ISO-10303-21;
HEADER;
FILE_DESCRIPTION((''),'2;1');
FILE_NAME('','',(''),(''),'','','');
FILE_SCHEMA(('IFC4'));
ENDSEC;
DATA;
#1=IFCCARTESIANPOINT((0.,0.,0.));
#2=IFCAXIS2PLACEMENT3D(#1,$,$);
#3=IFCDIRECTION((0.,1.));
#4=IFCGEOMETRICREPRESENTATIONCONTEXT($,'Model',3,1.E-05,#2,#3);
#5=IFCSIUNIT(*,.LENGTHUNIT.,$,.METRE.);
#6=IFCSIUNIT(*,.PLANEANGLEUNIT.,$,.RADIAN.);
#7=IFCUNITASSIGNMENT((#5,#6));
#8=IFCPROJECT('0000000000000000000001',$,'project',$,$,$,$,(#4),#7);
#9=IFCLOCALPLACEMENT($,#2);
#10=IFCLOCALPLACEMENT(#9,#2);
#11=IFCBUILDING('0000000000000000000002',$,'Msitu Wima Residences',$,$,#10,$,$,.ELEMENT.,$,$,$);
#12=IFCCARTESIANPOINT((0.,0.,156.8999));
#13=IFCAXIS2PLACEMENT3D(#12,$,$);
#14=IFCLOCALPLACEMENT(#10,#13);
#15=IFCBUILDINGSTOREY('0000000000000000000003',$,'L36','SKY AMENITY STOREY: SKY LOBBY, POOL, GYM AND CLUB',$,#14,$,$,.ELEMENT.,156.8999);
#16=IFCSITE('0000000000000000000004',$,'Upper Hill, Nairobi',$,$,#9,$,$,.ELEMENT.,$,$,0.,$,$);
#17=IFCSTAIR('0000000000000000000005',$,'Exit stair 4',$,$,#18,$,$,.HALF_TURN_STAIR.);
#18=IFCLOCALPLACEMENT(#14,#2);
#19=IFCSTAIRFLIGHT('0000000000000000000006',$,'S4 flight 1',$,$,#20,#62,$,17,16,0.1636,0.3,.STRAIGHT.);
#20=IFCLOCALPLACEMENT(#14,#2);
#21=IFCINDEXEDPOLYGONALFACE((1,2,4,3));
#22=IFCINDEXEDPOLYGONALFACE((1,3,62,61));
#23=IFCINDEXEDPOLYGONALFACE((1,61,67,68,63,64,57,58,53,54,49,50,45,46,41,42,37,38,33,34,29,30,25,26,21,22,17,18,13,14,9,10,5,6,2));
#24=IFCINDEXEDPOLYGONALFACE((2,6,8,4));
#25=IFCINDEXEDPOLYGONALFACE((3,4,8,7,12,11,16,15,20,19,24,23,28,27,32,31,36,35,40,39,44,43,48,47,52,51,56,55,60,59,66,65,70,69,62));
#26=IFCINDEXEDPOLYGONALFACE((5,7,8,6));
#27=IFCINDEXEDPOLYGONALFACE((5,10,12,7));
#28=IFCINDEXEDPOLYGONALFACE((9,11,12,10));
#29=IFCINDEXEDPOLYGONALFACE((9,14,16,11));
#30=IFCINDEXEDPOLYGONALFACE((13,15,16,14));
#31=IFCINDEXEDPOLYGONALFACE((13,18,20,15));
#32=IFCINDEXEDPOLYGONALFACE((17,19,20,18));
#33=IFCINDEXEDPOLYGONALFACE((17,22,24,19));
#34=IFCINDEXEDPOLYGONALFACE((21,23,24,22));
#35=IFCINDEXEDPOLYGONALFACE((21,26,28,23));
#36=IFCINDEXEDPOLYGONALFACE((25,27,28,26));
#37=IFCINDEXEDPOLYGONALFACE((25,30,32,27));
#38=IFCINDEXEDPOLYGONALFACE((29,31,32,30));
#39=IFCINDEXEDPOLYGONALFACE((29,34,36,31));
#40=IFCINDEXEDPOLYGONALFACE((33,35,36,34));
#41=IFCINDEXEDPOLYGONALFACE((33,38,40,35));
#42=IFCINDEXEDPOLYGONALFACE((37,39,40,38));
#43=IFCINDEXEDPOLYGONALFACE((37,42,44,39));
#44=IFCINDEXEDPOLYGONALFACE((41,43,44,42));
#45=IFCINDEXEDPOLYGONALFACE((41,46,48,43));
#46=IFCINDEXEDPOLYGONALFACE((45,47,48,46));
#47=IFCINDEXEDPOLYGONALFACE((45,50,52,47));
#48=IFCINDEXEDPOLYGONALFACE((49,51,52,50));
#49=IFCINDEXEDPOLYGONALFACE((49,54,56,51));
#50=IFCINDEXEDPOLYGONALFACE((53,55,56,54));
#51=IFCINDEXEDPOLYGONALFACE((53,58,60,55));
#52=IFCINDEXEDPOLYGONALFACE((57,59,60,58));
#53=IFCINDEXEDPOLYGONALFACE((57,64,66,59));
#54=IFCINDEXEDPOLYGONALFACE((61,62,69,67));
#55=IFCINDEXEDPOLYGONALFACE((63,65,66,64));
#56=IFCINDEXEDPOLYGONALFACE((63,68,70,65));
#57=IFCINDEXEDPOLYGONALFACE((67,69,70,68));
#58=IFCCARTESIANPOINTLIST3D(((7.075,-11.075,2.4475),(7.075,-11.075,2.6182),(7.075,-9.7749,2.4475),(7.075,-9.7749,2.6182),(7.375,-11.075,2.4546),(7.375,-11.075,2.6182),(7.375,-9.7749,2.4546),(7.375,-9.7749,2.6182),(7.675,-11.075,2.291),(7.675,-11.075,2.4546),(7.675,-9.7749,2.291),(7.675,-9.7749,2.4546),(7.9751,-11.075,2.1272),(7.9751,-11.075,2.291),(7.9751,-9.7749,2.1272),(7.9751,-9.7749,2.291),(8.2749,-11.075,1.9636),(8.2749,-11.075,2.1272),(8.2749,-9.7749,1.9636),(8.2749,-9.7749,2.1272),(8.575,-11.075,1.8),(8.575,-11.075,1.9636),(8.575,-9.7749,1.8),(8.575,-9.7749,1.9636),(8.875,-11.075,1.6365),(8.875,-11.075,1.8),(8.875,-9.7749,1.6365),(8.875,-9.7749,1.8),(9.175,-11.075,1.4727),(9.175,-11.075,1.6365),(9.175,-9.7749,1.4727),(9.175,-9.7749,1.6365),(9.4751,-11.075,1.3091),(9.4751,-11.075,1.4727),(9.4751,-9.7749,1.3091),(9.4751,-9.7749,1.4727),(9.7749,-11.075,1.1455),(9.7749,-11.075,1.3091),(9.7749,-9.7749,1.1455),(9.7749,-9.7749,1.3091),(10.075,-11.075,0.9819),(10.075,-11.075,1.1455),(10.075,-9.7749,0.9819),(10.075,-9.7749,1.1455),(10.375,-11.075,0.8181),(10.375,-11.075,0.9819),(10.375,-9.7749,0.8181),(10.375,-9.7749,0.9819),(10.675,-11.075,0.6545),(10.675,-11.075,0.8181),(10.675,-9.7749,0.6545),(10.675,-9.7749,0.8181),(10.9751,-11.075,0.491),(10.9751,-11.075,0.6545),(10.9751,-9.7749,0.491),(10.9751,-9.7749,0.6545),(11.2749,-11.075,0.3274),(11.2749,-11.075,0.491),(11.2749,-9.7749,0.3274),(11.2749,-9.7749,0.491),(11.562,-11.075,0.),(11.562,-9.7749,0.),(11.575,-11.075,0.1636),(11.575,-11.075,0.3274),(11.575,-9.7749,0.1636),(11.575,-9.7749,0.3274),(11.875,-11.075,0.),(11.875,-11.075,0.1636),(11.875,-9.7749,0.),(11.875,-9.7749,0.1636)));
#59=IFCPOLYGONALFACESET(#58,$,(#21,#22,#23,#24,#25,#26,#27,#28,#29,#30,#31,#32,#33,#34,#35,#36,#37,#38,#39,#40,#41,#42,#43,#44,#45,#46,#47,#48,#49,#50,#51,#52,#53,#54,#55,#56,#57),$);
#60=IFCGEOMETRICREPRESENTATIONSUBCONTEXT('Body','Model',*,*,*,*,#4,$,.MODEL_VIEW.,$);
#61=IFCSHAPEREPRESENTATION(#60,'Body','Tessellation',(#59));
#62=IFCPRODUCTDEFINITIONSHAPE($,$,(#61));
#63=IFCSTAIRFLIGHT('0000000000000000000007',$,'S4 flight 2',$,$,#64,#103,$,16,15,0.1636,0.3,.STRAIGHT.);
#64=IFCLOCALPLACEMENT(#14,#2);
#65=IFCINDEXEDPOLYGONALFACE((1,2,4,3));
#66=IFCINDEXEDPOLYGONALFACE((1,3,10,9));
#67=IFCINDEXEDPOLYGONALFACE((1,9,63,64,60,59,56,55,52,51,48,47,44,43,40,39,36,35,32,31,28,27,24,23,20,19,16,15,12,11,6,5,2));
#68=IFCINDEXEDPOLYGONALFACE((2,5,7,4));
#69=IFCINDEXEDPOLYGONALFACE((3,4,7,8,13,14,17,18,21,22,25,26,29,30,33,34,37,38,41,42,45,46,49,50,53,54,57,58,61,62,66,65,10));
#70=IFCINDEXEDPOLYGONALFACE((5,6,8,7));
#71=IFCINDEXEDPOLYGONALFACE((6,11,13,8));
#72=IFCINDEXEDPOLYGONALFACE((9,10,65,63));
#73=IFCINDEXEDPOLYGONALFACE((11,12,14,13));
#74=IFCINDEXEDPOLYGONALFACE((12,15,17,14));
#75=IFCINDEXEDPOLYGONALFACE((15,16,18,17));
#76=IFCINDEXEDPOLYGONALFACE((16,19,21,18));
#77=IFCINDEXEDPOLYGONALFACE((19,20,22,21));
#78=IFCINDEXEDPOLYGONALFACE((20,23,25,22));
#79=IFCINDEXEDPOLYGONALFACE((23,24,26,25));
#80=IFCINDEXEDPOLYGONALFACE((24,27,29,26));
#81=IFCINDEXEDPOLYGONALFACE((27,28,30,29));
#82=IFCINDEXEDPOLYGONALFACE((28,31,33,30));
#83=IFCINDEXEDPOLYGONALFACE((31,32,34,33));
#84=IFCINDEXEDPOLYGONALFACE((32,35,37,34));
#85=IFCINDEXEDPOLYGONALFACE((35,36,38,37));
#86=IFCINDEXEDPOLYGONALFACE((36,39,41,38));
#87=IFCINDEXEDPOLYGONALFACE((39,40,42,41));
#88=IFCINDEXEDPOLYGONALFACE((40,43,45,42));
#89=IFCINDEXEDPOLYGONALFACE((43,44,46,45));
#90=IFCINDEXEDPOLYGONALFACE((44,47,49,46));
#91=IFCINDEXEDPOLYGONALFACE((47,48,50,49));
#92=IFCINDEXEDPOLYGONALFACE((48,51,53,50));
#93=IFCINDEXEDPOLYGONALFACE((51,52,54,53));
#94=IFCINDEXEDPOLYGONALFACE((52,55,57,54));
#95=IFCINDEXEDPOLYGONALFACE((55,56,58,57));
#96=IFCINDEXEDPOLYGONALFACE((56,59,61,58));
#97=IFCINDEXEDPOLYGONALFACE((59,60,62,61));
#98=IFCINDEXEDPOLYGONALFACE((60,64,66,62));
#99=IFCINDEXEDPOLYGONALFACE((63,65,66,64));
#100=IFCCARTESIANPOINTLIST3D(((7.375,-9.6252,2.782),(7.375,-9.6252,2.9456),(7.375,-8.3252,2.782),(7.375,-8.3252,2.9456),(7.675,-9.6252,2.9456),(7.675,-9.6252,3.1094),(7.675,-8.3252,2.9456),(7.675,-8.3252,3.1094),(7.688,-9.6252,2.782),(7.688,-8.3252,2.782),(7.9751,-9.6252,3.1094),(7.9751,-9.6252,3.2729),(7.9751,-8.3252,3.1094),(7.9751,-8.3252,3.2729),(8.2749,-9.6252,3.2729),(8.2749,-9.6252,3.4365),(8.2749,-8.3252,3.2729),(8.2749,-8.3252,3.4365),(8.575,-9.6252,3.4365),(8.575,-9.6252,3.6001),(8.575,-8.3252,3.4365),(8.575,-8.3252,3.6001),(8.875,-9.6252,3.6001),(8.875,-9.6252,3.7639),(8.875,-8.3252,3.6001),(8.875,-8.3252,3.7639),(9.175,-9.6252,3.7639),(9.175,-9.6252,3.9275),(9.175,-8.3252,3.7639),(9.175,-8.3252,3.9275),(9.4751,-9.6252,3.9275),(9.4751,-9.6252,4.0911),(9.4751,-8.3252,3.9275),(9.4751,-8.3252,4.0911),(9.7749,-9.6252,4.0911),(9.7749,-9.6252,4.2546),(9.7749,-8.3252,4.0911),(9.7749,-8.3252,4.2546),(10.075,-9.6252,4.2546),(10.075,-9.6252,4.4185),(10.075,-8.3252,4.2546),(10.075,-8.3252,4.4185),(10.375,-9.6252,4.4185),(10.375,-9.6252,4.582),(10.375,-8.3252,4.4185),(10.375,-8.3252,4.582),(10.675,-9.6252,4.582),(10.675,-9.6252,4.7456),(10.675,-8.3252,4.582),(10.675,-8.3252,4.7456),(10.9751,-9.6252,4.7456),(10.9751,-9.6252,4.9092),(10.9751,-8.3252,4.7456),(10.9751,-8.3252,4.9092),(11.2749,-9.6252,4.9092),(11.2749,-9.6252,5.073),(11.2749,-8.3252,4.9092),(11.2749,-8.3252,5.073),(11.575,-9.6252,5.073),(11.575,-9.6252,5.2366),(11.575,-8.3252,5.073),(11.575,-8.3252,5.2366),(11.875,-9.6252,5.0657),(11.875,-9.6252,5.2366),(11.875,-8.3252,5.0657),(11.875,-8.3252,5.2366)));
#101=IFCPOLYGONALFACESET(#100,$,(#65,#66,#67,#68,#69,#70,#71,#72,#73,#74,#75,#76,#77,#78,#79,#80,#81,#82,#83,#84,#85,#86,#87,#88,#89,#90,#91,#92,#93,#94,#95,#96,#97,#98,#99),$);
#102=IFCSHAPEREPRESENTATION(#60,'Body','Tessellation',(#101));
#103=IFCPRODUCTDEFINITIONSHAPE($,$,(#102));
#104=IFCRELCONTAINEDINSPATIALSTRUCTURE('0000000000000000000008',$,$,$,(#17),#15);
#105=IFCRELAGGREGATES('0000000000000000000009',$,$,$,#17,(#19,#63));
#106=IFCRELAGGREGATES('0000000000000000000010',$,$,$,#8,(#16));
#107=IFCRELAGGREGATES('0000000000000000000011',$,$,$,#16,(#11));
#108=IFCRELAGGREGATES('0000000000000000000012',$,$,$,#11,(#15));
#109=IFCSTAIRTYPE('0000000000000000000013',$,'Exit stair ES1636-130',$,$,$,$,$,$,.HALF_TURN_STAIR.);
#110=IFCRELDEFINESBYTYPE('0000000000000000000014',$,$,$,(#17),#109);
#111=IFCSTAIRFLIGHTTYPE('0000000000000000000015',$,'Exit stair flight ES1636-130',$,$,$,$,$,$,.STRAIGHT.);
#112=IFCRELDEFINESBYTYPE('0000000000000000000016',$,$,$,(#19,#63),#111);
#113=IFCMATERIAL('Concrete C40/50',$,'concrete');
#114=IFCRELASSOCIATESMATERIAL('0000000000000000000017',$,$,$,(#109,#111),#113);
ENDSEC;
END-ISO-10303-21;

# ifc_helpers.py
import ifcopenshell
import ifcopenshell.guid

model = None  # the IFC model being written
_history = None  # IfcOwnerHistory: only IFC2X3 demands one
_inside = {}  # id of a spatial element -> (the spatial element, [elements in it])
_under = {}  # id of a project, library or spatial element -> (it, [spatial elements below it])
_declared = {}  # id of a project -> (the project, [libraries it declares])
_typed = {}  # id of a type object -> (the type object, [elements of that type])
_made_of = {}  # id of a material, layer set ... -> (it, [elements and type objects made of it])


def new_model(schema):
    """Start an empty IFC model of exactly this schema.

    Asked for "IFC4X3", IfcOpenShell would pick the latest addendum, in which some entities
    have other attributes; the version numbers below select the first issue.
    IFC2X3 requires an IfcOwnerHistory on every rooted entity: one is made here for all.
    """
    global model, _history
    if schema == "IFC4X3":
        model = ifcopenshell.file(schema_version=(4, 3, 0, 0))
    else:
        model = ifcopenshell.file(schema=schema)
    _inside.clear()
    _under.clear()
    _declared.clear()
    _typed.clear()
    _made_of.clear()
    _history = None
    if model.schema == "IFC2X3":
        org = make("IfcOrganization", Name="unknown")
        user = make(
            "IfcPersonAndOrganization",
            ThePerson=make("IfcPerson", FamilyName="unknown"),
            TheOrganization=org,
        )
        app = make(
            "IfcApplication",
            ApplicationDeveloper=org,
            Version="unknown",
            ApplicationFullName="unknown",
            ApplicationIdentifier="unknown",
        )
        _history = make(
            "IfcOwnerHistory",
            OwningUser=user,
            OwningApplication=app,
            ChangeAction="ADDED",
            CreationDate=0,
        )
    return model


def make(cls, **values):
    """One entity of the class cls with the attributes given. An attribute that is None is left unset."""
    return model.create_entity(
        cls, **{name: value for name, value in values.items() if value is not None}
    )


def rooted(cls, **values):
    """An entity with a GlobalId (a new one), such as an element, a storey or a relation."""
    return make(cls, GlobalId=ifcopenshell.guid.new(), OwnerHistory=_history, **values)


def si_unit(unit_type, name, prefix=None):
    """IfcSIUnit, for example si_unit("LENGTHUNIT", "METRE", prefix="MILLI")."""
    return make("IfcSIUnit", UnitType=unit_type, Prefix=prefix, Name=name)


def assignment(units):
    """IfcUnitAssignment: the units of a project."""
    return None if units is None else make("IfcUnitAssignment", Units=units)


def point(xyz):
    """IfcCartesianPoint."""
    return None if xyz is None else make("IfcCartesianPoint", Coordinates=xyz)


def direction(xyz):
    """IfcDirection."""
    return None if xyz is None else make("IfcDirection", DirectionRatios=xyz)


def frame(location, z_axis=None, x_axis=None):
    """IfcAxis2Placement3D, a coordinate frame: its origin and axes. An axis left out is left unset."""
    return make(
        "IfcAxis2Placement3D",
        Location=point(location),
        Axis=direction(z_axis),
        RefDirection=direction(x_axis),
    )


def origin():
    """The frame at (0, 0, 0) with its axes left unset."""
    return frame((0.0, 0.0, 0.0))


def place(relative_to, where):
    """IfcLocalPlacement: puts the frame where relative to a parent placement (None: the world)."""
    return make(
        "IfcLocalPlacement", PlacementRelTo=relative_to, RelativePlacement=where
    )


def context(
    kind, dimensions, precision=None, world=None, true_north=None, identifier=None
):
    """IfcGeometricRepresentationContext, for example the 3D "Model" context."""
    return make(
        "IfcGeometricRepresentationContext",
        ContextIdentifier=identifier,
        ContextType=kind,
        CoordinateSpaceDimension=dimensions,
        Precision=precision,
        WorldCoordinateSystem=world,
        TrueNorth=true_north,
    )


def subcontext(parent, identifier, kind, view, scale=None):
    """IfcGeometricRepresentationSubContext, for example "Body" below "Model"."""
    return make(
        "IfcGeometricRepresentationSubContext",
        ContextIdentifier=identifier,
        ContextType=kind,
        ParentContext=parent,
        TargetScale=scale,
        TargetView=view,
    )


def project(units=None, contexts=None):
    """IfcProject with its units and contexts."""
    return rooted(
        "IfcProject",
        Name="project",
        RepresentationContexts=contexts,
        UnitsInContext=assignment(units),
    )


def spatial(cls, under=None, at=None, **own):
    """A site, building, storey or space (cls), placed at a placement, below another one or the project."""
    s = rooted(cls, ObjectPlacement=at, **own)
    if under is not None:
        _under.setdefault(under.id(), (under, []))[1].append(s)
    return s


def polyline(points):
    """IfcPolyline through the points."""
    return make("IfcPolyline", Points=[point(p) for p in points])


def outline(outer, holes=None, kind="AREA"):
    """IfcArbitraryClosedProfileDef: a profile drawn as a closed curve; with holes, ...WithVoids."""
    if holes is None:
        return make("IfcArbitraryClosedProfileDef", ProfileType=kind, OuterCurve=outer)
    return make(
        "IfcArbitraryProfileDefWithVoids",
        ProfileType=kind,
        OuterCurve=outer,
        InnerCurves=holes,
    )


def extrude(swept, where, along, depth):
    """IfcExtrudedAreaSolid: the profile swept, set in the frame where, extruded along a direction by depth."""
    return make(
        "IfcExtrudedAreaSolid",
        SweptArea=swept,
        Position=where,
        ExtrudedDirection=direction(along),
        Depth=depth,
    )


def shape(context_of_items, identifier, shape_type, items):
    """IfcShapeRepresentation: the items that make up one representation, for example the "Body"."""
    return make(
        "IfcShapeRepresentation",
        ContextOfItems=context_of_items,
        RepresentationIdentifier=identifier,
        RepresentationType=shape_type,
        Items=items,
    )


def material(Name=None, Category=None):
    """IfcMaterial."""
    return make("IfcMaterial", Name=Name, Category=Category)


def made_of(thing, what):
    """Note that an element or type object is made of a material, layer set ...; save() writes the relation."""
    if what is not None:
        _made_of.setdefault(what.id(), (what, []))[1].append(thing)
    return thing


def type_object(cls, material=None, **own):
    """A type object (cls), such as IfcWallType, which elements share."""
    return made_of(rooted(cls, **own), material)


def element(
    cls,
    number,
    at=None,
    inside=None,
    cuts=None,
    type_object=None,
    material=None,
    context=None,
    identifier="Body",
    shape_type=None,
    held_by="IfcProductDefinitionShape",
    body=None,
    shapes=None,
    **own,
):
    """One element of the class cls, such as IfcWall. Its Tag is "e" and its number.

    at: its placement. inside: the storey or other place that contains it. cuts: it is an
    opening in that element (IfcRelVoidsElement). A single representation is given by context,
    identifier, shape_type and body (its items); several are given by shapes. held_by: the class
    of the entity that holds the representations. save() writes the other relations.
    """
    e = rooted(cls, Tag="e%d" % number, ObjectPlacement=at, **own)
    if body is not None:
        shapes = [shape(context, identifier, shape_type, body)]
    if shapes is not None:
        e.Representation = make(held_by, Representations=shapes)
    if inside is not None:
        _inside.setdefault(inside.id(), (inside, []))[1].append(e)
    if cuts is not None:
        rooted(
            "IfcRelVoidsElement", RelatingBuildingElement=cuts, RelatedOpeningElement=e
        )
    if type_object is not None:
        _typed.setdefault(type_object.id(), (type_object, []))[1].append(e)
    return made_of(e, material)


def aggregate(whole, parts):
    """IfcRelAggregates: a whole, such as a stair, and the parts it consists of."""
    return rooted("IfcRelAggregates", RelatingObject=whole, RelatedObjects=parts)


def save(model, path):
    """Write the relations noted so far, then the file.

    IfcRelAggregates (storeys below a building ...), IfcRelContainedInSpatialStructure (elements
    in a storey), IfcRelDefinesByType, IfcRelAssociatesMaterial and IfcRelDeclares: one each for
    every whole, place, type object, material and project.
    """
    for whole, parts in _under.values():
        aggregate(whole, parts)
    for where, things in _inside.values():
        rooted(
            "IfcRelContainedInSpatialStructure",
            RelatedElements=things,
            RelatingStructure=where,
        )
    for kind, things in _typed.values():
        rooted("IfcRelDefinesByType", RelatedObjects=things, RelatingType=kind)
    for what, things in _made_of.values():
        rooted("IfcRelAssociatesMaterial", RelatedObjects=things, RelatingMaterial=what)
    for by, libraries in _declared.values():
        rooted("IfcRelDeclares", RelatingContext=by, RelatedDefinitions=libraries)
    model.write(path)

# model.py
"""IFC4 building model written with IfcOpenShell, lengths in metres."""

from ifc_helpers import new_model, si_unit, direction, frame, origin, place, context, subcontext, project, spatial, polyline, outline, extrude, material, type_object, element, aggregate, save


model = new_model("IFC4")

# Units and contexts
model_context = context("Model", 3, precision=1e-05, world=origin(), true_north=direction((0.0, 1.0)))
body_context = subcontext(model_context, "Body", "Model", "MODEL_VIEW")
ifc_project = project(units=[si_unit("LENGTHUNIT", "METRE"), si_unit("PLANEANGLEUNIT", "RADIAN")], contexts=[model_context])

# Site, building, storey
site_placement = place(None, origin())
site = spatial("IfcSite", under=ifc_project, at=site_placement, Name="Upper Hill, Nairobi", CompositionType="ELEMENT", RefElevation=0.0)
building_placement = place(site_placement, origin())
building = spatial("IfcBuilding", under=site, at=building_placement, Name="Msitu Wima Residences", CompositionType="ELEMENT")
storey_placement = place(building_placement, frame((0.0, 0.0, 156.8999)))
storey = spatial("IfcBuildingStorey", under=building, at=storey_placement, Name="L36", Description="SKY AMENITY STOREY: SKY LOBBY, POOL, GYM AND CLUB", CompositionType="ELEMENT", Elevation=156.8999)

# Shared definitions
ifc_material_1 = material(Name="Concrete C40/50", Category="concrete")

# Stair, stair flights
stair_type = type_object("IfcStairType", Name="Exit stair ES1636-130", PredefinedType="HALF_TURN_STAIR", material=ifc_material_1)
stair_placement = place(storey_placement, origin())
stair = element("IfcStair", 1, at=stair_placement, inside=storey, type_object=stair_type, Name="Exit stair 4", PredefinedType="HALF_TURN_STAIR")
stair_flight_type = type_object("IfcStairFlightType", Name="Exit stair flight ES1636-130", PredefinedType="STRAIGHT", material=ifc_material_1)
stair_flight_1_placement = place(storey_placement, frame((11.875, -10.425, 0.0), z_axis=(0.0, 0.0, 1.0), x_axis=(-1.0, 0.0, 0.0)))
stair_flight_1 = element("IfcStairFlight", 2, at=stair_flight_1_placement, type_object=stair_flight_type, Name="S4 flight 1", NumberOfRisers=17, NumberOfTreads=16, PredefinedType="STRAIGHT", RiserHeight=0.1636, TreadLength=0.3, context=body_context, shape_type="SweptSolid", body=[
    extrude(outline(polyline([(0.0, 0.0), (0.0, 0.1636), (0.3, 0.1636), (0.3, 0.3274), (0.6001, 0.3274), (0.6001, 0.491), (0.8999, 0.491), (0.8999, 0.6545), (1.2, 0.6545), (1.2, 0.8181), (1.5, 0.8181), (1.5, 0.9819), (1.8, 0.9819), (1.8, 1.1455), (2.1001, 1.1455), (2.1001, 1.3091), (2.3999, 1.3091), (2.3999, 1.4727), (2.7, 1.4727), (2.7, 1.6365), (3.0, 1.6365), (3.0, 1.8), (3.3, 1.8), (3.3, 1.9636), (3.6001, 1.9636), (3.6001, 2.1272), (3.8999, 2.1272), (3.8999, 2.291), (4.2, 2.291), (4.2, 2.4546), (4.5, 2.4546), (4.5, 2.6182), (4.8, 2.6182), (4.8, 2.7817), (4.8, 2.4475), (0.313, 0.0), (0.0, 0.0)])), frame((0.0, 0.6499, 0.0), z_axis=(0.0, -1.0, 0.0), x_axis=(1.0, 0.0, 0.0)), (0.0, 0.0, 1.0), 1.3),
])
stair_flight_2_placement = place(storey_placement, frame((7.375, -8.9751, 2.782), z_axis=(0.0, 0.0, 1.0), x_axis=(1.0, 0.0, 0.0)))
stair_flight_2 = element("IfcStairFlight", 3, at=stair_flight_2_placement, type_object=stair_flight_type, Name="S4 flight 2", NumberOfRisers=16, NumberOfTreads=15, PredefinedType="STRAIGHT", RiserHeight=0.1636, TreadLength=0.3, context=body_context, shape_type="SweptSolid", body=[
    extrude(outline(polyline([(0.0, 0.0), (0.0, 0.1636), (0.3, 0.1636), (0.3, 0.3274), (0.6001, 0.3274), (0.6001, 0.491), (0.8999, 0.491), (0.8999, 0.6545), (1.2, 0.6545), (1.2, 0.8181), (1.5, 0.8181), (1.5, 0.9819), (1.8, 0.9819), (1.8, 1.1455), (2.1001, 1.1455), (2.1001, 1.3091), (2.3999, 1.3091), (2.3999, 1.4727), (2.7, 1.4727), (2.7, 1.6365), (3.0, 1.6365), (3.0, 1.8), (3.3, 1.8), (3.3, 1.9636), (3.6001, 1.9636), (3.6001, 2.1272), (3.8999, 2.1272), (3.8999, 2.291), (4.2, 2.291), (4.2, 2.4546), (4.5, 2.4546), (4.5, 2.6182), (4.5, 2.2837), (0.313, 0.0), (0.0, 0.0)])), frame((0.0, 0.6499, 0.0), z_axis=(0.0, -1.0, 0.0), x_axis=(1.0, 0.0, 0.0)), (0.0, 0.0, 1.0), 1.3),
])
aggregate(stair, [stair_flight_1, stair_flight_2])

save(model, "model.ifc")
